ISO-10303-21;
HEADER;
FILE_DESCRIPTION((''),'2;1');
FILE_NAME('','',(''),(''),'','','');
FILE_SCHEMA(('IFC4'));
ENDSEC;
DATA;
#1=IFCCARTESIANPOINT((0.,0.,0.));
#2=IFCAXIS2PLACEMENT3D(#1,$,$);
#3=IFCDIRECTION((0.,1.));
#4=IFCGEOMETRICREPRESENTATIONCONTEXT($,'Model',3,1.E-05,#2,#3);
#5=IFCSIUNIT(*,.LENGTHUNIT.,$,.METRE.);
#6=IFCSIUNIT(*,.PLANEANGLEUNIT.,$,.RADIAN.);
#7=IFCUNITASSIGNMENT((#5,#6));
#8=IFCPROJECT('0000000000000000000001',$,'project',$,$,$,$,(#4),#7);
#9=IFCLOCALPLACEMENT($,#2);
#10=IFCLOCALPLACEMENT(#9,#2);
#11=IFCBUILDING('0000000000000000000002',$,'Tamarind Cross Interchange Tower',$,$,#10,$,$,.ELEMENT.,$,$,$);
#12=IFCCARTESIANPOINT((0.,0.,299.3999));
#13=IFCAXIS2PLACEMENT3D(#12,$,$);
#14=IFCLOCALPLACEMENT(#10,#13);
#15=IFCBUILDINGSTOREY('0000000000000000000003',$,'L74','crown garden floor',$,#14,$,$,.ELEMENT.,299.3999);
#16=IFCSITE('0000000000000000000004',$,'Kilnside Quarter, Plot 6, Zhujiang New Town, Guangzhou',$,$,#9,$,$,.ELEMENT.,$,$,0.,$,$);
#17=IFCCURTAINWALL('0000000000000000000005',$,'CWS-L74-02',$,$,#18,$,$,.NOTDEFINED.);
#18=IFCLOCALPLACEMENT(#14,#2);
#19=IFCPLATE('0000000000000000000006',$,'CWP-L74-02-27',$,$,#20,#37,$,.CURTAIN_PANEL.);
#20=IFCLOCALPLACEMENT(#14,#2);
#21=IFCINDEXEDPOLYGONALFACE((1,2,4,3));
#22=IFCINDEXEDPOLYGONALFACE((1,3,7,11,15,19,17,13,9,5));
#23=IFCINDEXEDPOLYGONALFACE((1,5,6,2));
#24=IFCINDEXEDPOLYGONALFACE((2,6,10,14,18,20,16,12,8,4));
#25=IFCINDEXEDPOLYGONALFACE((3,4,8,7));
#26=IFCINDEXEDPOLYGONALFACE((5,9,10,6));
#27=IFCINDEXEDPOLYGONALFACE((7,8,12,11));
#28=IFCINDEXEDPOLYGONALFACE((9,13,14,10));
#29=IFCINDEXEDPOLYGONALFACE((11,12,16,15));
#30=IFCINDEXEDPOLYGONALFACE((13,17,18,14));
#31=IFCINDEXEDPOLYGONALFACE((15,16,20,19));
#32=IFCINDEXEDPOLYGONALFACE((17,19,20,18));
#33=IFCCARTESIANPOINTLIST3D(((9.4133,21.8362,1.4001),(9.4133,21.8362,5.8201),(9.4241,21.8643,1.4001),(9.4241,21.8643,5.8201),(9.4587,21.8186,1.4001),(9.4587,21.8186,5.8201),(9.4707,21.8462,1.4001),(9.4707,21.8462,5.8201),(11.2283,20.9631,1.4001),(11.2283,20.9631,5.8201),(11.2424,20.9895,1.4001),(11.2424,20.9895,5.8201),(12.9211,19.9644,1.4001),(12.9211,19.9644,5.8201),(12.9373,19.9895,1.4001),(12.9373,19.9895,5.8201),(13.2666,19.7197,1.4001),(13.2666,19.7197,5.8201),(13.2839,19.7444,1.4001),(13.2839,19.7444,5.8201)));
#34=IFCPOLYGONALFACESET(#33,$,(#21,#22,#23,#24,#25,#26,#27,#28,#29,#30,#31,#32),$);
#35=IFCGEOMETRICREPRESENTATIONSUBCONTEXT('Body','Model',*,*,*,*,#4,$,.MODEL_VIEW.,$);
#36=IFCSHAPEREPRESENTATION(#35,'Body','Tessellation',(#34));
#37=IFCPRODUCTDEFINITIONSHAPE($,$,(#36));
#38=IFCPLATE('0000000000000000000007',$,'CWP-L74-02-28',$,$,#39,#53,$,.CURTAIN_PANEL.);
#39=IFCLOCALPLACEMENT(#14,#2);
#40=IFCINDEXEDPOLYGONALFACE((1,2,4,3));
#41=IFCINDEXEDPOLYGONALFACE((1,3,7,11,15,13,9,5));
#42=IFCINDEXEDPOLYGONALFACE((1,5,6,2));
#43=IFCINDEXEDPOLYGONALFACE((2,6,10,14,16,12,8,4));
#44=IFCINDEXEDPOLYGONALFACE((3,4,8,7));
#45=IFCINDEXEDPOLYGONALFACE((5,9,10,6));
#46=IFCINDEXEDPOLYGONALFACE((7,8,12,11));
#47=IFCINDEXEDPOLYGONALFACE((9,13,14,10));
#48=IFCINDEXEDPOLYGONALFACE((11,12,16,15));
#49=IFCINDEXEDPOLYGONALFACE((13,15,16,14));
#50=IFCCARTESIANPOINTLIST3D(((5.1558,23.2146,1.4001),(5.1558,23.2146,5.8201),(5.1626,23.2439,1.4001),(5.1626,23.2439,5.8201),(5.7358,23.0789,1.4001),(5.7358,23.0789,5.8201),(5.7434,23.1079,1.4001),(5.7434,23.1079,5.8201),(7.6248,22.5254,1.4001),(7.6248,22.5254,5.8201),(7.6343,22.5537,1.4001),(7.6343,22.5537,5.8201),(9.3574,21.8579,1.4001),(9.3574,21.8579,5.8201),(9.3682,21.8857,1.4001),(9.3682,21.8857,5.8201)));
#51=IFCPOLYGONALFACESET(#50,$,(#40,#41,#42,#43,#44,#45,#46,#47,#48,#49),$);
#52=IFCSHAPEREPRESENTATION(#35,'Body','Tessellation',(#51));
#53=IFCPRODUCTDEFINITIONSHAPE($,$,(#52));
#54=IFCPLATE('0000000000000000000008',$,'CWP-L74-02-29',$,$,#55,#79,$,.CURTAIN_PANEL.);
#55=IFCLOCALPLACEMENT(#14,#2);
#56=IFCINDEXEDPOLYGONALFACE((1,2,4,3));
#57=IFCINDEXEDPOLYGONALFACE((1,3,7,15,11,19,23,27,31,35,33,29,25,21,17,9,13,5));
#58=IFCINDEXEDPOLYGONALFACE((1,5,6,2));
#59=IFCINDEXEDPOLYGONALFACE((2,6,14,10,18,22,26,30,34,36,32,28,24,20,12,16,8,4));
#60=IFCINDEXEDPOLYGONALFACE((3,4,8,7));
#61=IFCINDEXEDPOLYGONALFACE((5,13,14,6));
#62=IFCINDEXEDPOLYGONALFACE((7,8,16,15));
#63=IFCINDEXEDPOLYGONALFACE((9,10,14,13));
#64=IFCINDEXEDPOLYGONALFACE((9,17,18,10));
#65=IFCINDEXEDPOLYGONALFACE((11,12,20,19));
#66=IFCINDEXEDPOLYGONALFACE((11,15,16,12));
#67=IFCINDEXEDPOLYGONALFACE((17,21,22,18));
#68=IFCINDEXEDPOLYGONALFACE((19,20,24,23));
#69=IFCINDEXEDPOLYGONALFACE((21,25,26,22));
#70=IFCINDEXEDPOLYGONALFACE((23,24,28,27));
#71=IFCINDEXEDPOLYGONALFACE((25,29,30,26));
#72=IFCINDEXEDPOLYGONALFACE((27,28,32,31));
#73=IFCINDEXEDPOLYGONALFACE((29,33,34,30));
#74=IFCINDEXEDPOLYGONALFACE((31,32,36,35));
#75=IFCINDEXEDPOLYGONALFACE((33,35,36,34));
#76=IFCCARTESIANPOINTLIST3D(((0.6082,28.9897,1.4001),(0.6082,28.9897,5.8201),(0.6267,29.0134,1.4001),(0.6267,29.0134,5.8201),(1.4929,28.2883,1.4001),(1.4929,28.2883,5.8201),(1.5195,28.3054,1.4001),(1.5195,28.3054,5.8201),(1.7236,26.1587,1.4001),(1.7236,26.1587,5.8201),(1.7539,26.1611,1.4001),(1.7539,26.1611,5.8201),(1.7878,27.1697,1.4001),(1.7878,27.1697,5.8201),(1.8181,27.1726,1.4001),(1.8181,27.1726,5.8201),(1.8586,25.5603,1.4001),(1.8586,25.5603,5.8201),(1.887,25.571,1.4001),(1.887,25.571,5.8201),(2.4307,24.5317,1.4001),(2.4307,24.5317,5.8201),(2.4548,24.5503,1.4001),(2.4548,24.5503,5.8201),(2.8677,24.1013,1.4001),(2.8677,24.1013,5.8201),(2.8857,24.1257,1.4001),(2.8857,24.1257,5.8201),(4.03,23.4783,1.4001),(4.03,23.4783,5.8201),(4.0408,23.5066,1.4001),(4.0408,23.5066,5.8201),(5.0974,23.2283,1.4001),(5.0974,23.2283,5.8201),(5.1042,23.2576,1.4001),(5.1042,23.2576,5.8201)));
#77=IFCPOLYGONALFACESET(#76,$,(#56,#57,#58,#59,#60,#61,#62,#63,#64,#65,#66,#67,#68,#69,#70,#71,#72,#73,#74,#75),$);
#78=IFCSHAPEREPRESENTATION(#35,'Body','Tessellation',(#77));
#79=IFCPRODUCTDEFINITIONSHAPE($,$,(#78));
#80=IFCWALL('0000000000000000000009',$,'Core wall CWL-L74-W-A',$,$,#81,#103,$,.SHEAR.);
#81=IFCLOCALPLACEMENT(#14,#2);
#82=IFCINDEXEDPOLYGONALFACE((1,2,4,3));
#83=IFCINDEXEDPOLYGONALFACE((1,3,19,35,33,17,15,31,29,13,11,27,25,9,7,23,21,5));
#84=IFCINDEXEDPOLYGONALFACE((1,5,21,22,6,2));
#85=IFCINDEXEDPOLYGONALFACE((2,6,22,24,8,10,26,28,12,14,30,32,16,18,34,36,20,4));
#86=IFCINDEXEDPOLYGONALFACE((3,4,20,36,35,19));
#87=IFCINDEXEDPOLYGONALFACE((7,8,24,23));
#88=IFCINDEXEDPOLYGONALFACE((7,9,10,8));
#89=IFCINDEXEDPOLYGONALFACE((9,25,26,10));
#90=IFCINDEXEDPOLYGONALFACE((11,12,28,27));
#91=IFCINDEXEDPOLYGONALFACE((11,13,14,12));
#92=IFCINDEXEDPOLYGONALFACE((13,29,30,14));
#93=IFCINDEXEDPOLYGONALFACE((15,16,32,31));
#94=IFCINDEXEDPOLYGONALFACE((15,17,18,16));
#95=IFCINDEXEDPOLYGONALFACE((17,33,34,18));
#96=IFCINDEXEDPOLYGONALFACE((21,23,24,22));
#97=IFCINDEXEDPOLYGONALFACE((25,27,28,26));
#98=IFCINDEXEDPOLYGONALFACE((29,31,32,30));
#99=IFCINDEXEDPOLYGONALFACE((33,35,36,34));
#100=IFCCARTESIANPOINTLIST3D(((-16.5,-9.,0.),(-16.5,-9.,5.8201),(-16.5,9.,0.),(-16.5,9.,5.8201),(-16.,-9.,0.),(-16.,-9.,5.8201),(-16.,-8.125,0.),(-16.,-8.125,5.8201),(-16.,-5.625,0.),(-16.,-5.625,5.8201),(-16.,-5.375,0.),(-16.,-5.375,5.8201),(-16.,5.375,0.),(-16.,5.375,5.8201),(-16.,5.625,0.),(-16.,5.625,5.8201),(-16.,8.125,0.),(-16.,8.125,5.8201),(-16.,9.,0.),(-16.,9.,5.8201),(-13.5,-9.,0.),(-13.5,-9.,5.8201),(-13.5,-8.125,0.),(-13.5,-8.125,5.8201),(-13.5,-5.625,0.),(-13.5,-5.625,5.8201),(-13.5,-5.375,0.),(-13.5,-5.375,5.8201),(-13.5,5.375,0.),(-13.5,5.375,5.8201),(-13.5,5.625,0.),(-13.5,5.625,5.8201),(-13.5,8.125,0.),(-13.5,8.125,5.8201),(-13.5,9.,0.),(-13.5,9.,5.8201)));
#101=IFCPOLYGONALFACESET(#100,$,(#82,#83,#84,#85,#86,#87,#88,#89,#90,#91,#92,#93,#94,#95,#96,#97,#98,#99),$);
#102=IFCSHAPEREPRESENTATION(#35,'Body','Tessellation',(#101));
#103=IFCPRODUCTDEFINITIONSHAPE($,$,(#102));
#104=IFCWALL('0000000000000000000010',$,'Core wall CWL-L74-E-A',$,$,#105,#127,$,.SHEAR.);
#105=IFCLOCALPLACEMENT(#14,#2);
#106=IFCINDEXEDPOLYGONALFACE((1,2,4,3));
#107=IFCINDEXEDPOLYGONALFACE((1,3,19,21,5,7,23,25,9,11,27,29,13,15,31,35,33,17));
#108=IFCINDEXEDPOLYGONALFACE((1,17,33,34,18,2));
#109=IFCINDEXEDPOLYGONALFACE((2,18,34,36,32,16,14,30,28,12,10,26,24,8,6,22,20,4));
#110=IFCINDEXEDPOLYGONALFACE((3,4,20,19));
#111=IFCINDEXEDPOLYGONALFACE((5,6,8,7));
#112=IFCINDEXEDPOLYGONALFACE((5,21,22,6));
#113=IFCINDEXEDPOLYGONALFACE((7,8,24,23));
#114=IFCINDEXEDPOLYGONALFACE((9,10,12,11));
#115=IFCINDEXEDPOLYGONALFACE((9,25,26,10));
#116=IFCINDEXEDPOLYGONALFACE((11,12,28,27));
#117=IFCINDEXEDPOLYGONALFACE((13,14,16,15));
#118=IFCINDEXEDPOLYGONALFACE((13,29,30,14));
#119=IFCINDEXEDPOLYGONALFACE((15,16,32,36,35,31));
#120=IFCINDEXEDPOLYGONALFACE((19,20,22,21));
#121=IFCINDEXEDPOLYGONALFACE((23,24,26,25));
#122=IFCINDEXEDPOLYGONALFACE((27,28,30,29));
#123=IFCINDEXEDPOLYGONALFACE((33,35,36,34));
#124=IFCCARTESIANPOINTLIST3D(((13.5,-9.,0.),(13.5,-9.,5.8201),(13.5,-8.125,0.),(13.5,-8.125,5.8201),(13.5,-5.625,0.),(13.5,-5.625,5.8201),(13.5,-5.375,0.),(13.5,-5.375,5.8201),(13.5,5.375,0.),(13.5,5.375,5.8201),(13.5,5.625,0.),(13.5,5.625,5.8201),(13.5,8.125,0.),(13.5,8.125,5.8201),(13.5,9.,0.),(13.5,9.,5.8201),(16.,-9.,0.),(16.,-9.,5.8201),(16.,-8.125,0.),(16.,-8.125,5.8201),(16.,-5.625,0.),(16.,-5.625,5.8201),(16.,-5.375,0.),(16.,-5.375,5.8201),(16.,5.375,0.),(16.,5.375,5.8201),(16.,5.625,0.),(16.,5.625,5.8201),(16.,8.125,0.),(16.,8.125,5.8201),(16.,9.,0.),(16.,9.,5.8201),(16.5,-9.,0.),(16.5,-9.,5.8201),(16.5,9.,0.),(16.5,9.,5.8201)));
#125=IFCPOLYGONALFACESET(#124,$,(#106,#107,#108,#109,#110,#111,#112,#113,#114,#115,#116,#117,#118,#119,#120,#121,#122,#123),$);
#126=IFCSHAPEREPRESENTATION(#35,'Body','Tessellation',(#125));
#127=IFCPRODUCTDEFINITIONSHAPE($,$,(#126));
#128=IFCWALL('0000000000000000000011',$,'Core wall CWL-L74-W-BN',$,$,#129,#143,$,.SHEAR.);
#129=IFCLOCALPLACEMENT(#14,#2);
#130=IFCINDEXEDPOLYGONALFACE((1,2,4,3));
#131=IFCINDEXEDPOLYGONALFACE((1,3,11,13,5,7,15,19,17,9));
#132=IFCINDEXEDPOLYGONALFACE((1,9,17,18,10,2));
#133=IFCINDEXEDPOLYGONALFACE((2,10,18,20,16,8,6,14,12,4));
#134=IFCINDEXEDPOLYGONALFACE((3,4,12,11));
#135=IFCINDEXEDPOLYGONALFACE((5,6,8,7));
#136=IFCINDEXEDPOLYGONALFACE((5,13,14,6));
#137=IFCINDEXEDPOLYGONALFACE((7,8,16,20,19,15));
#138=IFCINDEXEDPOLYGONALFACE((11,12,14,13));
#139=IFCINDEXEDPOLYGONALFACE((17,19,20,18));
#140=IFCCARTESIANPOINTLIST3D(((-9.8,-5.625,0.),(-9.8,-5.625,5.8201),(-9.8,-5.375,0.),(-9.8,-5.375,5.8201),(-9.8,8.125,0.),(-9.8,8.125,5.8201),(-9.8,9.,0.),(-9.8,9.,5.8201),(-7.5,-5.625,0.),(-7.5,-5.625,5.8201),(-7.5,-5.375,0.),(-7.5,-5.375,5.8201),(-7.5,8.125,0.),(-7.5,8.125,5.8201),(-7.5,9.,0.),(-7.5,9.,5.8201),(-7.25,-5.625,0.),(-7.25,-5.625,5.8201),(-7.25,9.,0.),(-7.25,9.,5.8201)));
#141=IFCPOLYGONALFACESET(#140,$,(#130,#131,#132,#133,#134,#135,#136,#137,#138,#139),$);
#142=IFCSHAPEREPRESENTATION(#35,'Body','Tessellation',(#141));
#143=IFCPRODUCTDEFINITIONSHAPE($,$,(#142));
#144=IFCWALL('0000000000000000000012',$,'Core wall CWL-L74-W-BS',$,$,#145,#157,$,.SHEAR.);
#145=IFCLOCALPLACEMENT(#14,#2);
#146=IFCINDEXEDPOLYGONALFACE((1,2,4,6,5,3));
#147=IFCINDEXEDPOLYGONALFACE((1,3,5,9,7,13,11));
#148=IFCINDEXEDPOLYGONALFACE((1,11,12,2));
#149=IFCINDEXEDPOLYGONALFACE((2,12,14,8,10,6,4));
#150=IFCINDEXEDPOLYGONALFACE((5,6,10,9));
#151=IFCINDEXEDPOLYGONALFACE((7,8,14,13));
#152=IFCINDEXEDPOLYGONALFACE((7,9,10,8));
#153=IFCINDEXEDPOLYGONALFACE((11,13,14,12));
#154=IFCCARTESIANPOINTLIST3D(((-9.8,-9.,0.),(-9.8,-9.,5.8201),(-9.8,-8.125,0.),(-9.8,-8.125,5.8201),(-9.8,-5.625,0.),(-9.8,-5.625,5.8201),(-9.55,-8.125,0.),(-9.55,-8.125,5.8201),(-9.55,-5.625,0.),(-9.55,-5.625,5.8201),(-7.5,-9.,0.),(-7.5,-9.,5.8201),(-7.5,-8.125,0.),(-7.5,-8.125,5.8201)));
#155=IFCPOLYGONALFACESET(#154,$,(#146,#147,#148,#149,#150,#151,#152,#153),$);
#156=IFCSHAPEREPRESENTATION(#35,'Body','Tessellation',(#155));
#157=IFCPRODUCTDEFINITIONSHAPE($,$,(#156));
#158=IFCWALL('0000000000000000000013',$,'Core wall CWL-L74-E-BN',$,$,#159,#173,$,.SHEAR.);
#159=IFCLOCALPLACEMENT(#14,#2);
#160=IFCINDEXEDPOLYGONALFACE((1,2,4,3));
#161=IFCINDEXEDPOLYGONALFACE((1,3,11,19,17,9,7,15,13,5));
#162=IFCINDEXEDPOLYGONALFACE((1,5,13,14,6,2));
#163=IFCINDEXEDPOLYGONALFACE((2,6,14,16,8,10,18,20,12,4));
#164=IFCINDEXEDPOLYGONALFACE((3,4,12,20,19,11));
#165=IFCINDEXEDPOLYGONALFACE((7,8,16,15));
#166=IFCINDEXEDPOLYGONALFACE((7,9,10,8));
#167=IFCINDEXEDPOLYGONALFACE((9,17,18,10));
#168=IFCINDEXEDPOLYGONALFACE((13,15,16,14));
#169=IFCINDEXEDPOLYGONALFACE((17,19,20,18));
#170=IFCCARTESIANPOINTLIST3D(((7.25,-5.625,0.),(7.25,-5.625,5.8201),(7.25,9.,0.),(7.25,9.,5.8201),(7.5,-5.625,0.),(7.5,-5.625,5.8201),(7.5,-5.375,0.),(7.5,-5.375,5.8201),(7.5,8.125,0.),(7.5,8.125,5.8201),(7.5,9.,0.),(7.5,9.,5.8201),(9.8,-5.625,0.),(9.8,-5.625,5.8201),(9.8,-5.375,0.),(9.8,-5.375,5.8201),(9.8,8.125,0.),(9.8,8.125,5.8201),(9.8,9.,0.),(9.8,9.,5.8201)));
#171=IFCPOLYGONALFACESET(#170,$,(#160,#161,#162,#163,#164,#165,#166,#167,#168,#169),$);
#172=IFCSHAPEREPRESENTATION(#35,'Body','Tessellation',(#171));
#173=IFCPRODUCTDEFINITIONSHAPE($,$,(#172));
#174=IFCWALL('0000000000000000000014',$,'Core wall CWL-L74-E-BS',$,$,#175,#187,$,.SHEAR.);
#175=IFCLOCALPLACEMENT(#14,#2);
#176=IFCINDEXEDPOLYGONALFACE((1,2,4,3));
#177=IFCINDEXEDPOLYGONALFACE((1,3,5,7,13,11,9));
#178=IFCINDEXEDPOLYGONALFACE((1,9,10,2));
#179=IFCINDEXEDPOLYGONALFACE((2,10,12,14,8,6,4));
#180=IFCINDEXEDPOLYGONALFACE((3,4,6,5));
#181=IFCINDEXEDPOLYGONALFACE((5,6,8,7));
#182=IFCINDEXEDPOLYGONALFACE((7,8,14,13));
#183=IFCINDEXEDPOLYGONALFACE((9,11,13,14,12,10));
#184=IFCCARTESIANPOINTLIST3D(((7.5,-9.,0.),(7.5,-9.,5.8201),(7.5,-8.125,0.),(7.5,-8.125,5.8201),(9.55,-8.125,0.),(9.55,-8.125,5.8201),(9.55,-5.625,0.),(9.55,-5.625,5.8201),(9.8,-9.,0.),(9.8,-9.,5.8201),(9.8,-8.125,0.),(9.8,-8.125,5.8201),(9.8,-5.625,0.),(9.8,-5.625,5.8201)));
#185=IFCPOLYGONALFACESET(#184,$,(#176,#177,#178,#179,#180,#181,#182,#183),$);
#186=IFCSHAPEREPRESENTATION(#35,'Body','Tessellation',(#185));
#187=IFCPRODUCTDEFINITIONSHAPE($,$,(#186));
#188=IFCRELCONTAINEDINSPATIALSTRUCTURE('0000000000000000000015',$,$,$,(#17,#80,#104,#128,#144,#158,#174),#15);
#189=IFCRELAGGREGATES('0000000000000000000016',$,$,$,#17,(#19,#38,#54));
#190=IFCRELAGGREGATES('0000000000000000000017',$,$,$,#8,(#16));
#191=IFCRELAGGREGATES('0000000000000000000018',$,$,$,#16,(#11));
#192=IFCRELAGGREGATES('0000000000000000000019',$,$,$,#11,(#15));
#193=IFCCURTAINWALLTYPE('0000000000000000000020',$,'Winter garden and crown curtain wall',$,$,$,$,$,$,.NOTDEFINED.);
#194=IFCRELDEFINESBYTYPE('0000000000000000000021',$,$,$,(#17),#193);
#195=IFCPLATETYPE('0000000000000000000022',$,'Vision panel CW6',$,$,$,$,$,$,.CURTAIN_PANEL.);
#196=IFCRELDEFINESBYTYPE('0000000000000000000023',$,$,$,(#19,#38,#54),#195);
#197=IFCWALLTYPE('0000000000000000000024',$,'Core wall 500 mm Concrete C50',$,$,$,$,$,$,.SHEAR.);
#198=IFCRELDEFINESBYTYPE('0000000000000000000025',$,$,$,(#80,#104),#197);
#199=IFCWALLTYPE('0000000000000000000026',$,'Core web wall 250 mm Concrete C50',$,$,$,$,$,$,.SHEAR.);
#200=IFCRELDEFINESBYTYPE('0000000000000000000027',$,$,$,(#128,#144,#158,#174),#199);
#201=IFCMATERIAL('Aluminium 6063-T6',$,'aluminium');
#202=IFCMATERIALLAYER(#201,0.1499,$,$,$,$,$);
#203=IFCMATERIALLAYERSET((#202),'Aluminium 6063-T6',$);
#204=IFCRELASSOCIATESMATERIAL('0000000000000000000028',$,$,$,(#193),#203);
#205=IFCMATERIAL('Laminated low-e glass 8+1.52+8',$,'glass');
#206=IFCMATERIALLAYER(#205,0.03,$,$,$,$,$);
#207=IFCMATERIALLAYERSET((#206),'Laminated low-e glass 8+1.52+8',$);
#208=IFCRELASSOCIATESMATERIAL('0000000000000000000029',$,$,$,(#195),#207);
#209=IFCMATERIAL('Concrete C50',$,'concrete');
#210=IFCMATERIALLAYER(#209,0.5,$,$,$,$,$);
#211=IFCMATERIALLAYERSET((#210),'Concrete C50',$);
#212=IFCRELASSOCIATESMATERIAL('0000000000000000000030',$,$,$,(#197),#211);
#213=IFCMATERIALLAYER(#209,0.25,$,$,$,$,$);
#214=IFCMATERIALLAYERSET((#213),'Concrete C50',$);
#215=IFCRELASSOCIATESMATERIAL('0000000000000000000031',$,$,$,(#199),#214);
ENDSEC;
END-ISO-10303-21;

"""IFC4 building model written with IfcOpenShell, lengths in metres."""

from ifc_helpers import new_model, si_unit, direction, frame, origin, place, context, subcontext, project, spatial, polyline, outline, extrude, material, layer, layer_set, type_object, element, aggregate, save


model = new_model("IFC4")

# Units and contexts
model_context = context("Model", 3, precision=1e-05, world=origin(), true_north=direction((0.0, 1.0)))
body_context = subcontext(model_context, "Body", "Model", "MODEL_VIEW")
ifc_project = project(units=[si_unit("LENGTHUNIT", "METRE"), si_unit("PLANEANGLEUNIT", "RADIAN")], contexts=[model_context])

# Site, building, storey
site_placement = place(None, origin())
site = spatial("IfcSite", under=ifc_project, at=site_placement, Name="Kilnside Quarter, Plot 6, Zhujiang New Town, Guangzhou", CompositionType="ELEMENT", RefElevation=0.0)
building_placement = place(site_placement, origin())
building = spatial("IfcBuilding", under=site, at=building_placement, Name="Tamarind Cross Interchange Tower", CompositionType="ELEMENT")
storey_placement = place(building_placement, frame((0.0, 0.0, 299.3999)))
storey = spatial("IfcBuildingStorey", under=building, at=storey_placement, Name="L74", Description="crown garden floor", CompositionType="ELEMENT", Elevation=299.3999)

# Curtain wall
ifc_material_1 = material(Name="Aluminium 6063-T6", Category="aluminium")
ifc_layer_1 = layer(ifc_material_1, 0.1499)
ifc_layer_set_1 = layer_set([ifc_layer_1], Name="Aluminium 6063-T6")
curtain_wall_type = type_object("IfcCurtainWallType", Name="Winter garden and crown curtain wall", PredefinedType="NOTDEFINED", material=ifc_layer_set_1)
curtain_wall_placement = place(storey_placement, origin())
curtain_wall = element("IfcCurtainWall", 1, at=curtain_wall_placement, inside=storey, type_object=curtain_wall_type, Name="CWS-L74-02", PredefinedType="NOTDEFINED")

# Plates
ifc_material_2 = material(Name="Laminated low-e glass 8+1.52+8", Category="glass")
ifc_layer_2 = layer(ifc_material_2, 0.03)
ifc_layer_set_2 = layer_set([ifc_layer_2], Name="Laminated low-e glass 8+1.52+8")
plate_type = type_object("IfcPlateType", Name="Vision panel CW6", PredefinedType="CURTAIN_PANEL", material=ifc_layer_set_2)
plate_1_placement = place(storey_placement, frame((0.0, 0.0, 1.4001)))
plate_1 = element("IfcPlate", 2, at=plate_1_placement, type_object=plate_type, Name="CWP-L74-02-27", PredefinedType="CURTAIN_PANEL", context=body_context, shape_type="SweptSolid", body=[
    extrude(outline(polyline([(13.2666, 19.7197), (12.9211, 19.9644), (11.2283, 20.9631), (9.4587, 21.8186), (9.4133, 21.8362), (9.4241, 21.8643), (9.4707, 21.8462), (11.2424, 20.9895), (12.9373, 19.9895), (13.2839, 19.7444), (13.2666, 19.7197)])), origin(), (0.0, 0.0, 1.0), 4.4199),
])
plate_2_placement = place(storey_placement, frame((0.0, 0.0, 1.4001)))
plate_2 = element("IfcPlate", 3, at=plate_2_placement, type_object=plate_type, Name="CWP-L74-02-28", PredefinedType="CURTAIN_PANEL", context=body_context, shape_type="SweptSolid", body=[
    extrude(outline(polyline([(9.3574, 21.8579), (7.6248, 22.5254), (5.7358, 23.0789), (5.1558, 23.2146), (5.1626, 23.2439), (5.7434, 23.1079), (7.6343, 22.5537), (9.3682, 21.8857), (9.3574, 21.8579)])), origin(), (0.0, 0.0, 1.0), 4.4199),
])
plate_3_placement = place(storey_placement, frame((0.0, 0.0, 1.4001)))
plate_3 = element("IfcPlate", 4, at=plate_3_placement, type_object=plate_type, Name="CWP-L74-02-29", PredefinedType="CURTAIN_PANEL", context=body_context, shape_type="SweptSolid", body=[
    extrude(outline(polyline([(5.0974, 23.2283), (4.03, 23.4783), (2.8677, 24.1013), (2.4307, 24.5317), (1.8586, 25.5603), (1.7236, 26.1587), (1.7878, 27.1697), (1.4929, 28.2883), (0.6082, 28.9897), (0.6267, 29.0134), (1.5195, 28.3054), (1.8181, 27.1726), (1.7539, 26.1611), (1.887, 25.571), (2.4548, 24.5503), (2.8857, 24.1257), (4.0408, 23.5066), (5.1042, 23.2576), (5.0974, 23.2283)])), origin(), (0.0, 0.0, 1.0), 4.4199),
])
aggregate(curtain_wall, [plate_1, plate_2, plate_3])

# Walls
ifc_material_3 = material(Name="Concrete C50", Category="concrete")
ifc_layer_3 = layer(ifc_material_3, 0.5)
ifc_layer_set_3 = layer_set([ifc_layer_3], Name="Concrete C50")
wall_type_1 = type_object("IfcWallType", Name="Core wall 500 mm Concrete C50", PredefinedType="SHEAR", material=ifc_layer_set_3)
wall_1_placement = place(storey_placement, origin())
element("IfcWall", 5, at=wall_1_placement, inside=storey, type_object=wall_type_1, Name="Core wall CWL-L74-W-A", PredefinedType="SHEAR", context=body_context, shape_type="SweptSolid", body=[
    extrude(outline(polyline([(-13.5, -8.125), (-16.0, -8.125), (-16.0, -5.625), (-13.5, -5.625), (-13.5, -5.375), (-16.0, -5.375), (-16.0, 5.375), (-13.5, 5.375), (-13.5, 5.625), (-16.0, 5.625), (-16.0, 8.125), (-13.5, 8.125), (-13.5, 9.0), (-16.0, 9.0), (-16.5, 9.0), (-16.5, -9.0), (-16.0, -9.0), (-13.5, -9.0), (-13.5, -8.125)])), origin(), (0.0, 0.0, 1.0), 5.8201),
])
wall_2_placement = place(storey_placement, origin())
element("IfcWall", 6, at=wall_2_placement, inside=storey, type_object=wall_type_1, Name="Core wall CWL-L74-E-A", PredefinedType="SHEAR", context=body_context, shape_type="SweptSolid", body=[
    extrude(outline(polyline([(13.5, -8.125), (13.5, -9.0), (16.0, -9.0), (16.5, -9.0), (16.5, 9.0), (16.0, 9.0), (13.5, 9.0), (13.5, 8.125), (16.0, 8.125), (16.0, 5.625), (13.5, 5.625), (13.5, 5.375), (16.0, 5.375), (16.0, -5.375), (13.5, -5.375), (13.5, -5.625), (16.0, -5.625), (16.0, -8.125), (13.5, -8.125)])), origin(), (0.0, 0.0, 1.0), 5.8201),
])
ifc_layer_4 = layer(ifc_material_3, 0.25)
ifc_layer_set_4 = layer_set([ifc_layer_4], Name="Concrete C50")
wall_type_2 = type_object("IfcWallType", Name="Core web wall 250 mm Concrete C50", PredefinedType="SHEAR", material=ifc_layer_set_4)
wall_3_placement = place(storey_placement, origin())
element("IfcWall", 7, at=wall_3_placement, inside=storey, type_object=wall_type_2, Name="Core wall CWL-L74-W-BN", PredefinedType="SHEAR", context=body_context, shape_type="SweptSolid", body=[
    extrude(outline(polyline([(-9.8, -5.625), (-7.5, -5.625), (-7.25, -5.625), (-7.25, 9.0), (-7.5, 9.0), (-9.8, 9.0), (-9.8, 8.125), (-7.5, 8.125), (-7.5, -5.375), (-9.8, -5.375), (-9.8, -5.625)])), origin(), (0.0, 0.0, 1.0), 5.8201),
])
wall_4_placement = place(storey_placement, origin())
element("IfcWall", 8, at=wall_4_placement, inside=storey, type_object=wall_type_2, Name="Core wall CWL-L74-W-BS", PredefinedType="SHEAR", context=body_context, shape_type="SweptSolid", body=[
    extrude(outline(polyline([(-7.5, -8.125), (-9.55, -8.125), (-9.55, -5.625), (-9.8, -5.625), (-9.8, -8.125), (-9.8, -9.0), (-7.5, -9.0), (-7.5, -8.125)])), origin(), (0.0, 0.0, 1.0), 5.8201),
])
wall_5_placement = place(storey_placement, origin())
element("IfcWall", 9, at=wall_5_placement, inside=storey, type_object=wall_type_2, Name="Core wall CWL-L74-E-BN", PredefinedType="SHEAR", context=body_context, shape_type="SweptSolid", body=[
    extrude(outline(polyline([(9.8, -5.625), (9.8, -5.375), (7.5, -5.375), (7.5, 8.125), (9.8, 8.125), (9.8, 9.0), (7.5, 9.0), (7.25, 9.0), (7.25, -5.625), (7.5, -5.625), (9.8, -5.625)])), origin(), (0.0, 0.0, 1.0), 5.8201),
])
wall_6_placement = place(storey_placement, origin())
element("IfcWall", 10, at=wall_6_placement, inside=storey, type_object=wall_type_2, Name="Core wall CWL-L74-E-BS", PredefinedType="SHEAR", context=body_context, shape_type="SweptSolid", body=[
    extrude(outline(polyline([(7.5, -8.125), (7.5, -9.0), (9.8, -9.0), (9.8, -8.125), (9.8, -5.625), (9.55, -5.625), (9.55, -8.125), (7.5, -8.125)])), origin(), (0.0, 0.0, 1.0), 5.8201),
])

save(model, "model.ifc")
